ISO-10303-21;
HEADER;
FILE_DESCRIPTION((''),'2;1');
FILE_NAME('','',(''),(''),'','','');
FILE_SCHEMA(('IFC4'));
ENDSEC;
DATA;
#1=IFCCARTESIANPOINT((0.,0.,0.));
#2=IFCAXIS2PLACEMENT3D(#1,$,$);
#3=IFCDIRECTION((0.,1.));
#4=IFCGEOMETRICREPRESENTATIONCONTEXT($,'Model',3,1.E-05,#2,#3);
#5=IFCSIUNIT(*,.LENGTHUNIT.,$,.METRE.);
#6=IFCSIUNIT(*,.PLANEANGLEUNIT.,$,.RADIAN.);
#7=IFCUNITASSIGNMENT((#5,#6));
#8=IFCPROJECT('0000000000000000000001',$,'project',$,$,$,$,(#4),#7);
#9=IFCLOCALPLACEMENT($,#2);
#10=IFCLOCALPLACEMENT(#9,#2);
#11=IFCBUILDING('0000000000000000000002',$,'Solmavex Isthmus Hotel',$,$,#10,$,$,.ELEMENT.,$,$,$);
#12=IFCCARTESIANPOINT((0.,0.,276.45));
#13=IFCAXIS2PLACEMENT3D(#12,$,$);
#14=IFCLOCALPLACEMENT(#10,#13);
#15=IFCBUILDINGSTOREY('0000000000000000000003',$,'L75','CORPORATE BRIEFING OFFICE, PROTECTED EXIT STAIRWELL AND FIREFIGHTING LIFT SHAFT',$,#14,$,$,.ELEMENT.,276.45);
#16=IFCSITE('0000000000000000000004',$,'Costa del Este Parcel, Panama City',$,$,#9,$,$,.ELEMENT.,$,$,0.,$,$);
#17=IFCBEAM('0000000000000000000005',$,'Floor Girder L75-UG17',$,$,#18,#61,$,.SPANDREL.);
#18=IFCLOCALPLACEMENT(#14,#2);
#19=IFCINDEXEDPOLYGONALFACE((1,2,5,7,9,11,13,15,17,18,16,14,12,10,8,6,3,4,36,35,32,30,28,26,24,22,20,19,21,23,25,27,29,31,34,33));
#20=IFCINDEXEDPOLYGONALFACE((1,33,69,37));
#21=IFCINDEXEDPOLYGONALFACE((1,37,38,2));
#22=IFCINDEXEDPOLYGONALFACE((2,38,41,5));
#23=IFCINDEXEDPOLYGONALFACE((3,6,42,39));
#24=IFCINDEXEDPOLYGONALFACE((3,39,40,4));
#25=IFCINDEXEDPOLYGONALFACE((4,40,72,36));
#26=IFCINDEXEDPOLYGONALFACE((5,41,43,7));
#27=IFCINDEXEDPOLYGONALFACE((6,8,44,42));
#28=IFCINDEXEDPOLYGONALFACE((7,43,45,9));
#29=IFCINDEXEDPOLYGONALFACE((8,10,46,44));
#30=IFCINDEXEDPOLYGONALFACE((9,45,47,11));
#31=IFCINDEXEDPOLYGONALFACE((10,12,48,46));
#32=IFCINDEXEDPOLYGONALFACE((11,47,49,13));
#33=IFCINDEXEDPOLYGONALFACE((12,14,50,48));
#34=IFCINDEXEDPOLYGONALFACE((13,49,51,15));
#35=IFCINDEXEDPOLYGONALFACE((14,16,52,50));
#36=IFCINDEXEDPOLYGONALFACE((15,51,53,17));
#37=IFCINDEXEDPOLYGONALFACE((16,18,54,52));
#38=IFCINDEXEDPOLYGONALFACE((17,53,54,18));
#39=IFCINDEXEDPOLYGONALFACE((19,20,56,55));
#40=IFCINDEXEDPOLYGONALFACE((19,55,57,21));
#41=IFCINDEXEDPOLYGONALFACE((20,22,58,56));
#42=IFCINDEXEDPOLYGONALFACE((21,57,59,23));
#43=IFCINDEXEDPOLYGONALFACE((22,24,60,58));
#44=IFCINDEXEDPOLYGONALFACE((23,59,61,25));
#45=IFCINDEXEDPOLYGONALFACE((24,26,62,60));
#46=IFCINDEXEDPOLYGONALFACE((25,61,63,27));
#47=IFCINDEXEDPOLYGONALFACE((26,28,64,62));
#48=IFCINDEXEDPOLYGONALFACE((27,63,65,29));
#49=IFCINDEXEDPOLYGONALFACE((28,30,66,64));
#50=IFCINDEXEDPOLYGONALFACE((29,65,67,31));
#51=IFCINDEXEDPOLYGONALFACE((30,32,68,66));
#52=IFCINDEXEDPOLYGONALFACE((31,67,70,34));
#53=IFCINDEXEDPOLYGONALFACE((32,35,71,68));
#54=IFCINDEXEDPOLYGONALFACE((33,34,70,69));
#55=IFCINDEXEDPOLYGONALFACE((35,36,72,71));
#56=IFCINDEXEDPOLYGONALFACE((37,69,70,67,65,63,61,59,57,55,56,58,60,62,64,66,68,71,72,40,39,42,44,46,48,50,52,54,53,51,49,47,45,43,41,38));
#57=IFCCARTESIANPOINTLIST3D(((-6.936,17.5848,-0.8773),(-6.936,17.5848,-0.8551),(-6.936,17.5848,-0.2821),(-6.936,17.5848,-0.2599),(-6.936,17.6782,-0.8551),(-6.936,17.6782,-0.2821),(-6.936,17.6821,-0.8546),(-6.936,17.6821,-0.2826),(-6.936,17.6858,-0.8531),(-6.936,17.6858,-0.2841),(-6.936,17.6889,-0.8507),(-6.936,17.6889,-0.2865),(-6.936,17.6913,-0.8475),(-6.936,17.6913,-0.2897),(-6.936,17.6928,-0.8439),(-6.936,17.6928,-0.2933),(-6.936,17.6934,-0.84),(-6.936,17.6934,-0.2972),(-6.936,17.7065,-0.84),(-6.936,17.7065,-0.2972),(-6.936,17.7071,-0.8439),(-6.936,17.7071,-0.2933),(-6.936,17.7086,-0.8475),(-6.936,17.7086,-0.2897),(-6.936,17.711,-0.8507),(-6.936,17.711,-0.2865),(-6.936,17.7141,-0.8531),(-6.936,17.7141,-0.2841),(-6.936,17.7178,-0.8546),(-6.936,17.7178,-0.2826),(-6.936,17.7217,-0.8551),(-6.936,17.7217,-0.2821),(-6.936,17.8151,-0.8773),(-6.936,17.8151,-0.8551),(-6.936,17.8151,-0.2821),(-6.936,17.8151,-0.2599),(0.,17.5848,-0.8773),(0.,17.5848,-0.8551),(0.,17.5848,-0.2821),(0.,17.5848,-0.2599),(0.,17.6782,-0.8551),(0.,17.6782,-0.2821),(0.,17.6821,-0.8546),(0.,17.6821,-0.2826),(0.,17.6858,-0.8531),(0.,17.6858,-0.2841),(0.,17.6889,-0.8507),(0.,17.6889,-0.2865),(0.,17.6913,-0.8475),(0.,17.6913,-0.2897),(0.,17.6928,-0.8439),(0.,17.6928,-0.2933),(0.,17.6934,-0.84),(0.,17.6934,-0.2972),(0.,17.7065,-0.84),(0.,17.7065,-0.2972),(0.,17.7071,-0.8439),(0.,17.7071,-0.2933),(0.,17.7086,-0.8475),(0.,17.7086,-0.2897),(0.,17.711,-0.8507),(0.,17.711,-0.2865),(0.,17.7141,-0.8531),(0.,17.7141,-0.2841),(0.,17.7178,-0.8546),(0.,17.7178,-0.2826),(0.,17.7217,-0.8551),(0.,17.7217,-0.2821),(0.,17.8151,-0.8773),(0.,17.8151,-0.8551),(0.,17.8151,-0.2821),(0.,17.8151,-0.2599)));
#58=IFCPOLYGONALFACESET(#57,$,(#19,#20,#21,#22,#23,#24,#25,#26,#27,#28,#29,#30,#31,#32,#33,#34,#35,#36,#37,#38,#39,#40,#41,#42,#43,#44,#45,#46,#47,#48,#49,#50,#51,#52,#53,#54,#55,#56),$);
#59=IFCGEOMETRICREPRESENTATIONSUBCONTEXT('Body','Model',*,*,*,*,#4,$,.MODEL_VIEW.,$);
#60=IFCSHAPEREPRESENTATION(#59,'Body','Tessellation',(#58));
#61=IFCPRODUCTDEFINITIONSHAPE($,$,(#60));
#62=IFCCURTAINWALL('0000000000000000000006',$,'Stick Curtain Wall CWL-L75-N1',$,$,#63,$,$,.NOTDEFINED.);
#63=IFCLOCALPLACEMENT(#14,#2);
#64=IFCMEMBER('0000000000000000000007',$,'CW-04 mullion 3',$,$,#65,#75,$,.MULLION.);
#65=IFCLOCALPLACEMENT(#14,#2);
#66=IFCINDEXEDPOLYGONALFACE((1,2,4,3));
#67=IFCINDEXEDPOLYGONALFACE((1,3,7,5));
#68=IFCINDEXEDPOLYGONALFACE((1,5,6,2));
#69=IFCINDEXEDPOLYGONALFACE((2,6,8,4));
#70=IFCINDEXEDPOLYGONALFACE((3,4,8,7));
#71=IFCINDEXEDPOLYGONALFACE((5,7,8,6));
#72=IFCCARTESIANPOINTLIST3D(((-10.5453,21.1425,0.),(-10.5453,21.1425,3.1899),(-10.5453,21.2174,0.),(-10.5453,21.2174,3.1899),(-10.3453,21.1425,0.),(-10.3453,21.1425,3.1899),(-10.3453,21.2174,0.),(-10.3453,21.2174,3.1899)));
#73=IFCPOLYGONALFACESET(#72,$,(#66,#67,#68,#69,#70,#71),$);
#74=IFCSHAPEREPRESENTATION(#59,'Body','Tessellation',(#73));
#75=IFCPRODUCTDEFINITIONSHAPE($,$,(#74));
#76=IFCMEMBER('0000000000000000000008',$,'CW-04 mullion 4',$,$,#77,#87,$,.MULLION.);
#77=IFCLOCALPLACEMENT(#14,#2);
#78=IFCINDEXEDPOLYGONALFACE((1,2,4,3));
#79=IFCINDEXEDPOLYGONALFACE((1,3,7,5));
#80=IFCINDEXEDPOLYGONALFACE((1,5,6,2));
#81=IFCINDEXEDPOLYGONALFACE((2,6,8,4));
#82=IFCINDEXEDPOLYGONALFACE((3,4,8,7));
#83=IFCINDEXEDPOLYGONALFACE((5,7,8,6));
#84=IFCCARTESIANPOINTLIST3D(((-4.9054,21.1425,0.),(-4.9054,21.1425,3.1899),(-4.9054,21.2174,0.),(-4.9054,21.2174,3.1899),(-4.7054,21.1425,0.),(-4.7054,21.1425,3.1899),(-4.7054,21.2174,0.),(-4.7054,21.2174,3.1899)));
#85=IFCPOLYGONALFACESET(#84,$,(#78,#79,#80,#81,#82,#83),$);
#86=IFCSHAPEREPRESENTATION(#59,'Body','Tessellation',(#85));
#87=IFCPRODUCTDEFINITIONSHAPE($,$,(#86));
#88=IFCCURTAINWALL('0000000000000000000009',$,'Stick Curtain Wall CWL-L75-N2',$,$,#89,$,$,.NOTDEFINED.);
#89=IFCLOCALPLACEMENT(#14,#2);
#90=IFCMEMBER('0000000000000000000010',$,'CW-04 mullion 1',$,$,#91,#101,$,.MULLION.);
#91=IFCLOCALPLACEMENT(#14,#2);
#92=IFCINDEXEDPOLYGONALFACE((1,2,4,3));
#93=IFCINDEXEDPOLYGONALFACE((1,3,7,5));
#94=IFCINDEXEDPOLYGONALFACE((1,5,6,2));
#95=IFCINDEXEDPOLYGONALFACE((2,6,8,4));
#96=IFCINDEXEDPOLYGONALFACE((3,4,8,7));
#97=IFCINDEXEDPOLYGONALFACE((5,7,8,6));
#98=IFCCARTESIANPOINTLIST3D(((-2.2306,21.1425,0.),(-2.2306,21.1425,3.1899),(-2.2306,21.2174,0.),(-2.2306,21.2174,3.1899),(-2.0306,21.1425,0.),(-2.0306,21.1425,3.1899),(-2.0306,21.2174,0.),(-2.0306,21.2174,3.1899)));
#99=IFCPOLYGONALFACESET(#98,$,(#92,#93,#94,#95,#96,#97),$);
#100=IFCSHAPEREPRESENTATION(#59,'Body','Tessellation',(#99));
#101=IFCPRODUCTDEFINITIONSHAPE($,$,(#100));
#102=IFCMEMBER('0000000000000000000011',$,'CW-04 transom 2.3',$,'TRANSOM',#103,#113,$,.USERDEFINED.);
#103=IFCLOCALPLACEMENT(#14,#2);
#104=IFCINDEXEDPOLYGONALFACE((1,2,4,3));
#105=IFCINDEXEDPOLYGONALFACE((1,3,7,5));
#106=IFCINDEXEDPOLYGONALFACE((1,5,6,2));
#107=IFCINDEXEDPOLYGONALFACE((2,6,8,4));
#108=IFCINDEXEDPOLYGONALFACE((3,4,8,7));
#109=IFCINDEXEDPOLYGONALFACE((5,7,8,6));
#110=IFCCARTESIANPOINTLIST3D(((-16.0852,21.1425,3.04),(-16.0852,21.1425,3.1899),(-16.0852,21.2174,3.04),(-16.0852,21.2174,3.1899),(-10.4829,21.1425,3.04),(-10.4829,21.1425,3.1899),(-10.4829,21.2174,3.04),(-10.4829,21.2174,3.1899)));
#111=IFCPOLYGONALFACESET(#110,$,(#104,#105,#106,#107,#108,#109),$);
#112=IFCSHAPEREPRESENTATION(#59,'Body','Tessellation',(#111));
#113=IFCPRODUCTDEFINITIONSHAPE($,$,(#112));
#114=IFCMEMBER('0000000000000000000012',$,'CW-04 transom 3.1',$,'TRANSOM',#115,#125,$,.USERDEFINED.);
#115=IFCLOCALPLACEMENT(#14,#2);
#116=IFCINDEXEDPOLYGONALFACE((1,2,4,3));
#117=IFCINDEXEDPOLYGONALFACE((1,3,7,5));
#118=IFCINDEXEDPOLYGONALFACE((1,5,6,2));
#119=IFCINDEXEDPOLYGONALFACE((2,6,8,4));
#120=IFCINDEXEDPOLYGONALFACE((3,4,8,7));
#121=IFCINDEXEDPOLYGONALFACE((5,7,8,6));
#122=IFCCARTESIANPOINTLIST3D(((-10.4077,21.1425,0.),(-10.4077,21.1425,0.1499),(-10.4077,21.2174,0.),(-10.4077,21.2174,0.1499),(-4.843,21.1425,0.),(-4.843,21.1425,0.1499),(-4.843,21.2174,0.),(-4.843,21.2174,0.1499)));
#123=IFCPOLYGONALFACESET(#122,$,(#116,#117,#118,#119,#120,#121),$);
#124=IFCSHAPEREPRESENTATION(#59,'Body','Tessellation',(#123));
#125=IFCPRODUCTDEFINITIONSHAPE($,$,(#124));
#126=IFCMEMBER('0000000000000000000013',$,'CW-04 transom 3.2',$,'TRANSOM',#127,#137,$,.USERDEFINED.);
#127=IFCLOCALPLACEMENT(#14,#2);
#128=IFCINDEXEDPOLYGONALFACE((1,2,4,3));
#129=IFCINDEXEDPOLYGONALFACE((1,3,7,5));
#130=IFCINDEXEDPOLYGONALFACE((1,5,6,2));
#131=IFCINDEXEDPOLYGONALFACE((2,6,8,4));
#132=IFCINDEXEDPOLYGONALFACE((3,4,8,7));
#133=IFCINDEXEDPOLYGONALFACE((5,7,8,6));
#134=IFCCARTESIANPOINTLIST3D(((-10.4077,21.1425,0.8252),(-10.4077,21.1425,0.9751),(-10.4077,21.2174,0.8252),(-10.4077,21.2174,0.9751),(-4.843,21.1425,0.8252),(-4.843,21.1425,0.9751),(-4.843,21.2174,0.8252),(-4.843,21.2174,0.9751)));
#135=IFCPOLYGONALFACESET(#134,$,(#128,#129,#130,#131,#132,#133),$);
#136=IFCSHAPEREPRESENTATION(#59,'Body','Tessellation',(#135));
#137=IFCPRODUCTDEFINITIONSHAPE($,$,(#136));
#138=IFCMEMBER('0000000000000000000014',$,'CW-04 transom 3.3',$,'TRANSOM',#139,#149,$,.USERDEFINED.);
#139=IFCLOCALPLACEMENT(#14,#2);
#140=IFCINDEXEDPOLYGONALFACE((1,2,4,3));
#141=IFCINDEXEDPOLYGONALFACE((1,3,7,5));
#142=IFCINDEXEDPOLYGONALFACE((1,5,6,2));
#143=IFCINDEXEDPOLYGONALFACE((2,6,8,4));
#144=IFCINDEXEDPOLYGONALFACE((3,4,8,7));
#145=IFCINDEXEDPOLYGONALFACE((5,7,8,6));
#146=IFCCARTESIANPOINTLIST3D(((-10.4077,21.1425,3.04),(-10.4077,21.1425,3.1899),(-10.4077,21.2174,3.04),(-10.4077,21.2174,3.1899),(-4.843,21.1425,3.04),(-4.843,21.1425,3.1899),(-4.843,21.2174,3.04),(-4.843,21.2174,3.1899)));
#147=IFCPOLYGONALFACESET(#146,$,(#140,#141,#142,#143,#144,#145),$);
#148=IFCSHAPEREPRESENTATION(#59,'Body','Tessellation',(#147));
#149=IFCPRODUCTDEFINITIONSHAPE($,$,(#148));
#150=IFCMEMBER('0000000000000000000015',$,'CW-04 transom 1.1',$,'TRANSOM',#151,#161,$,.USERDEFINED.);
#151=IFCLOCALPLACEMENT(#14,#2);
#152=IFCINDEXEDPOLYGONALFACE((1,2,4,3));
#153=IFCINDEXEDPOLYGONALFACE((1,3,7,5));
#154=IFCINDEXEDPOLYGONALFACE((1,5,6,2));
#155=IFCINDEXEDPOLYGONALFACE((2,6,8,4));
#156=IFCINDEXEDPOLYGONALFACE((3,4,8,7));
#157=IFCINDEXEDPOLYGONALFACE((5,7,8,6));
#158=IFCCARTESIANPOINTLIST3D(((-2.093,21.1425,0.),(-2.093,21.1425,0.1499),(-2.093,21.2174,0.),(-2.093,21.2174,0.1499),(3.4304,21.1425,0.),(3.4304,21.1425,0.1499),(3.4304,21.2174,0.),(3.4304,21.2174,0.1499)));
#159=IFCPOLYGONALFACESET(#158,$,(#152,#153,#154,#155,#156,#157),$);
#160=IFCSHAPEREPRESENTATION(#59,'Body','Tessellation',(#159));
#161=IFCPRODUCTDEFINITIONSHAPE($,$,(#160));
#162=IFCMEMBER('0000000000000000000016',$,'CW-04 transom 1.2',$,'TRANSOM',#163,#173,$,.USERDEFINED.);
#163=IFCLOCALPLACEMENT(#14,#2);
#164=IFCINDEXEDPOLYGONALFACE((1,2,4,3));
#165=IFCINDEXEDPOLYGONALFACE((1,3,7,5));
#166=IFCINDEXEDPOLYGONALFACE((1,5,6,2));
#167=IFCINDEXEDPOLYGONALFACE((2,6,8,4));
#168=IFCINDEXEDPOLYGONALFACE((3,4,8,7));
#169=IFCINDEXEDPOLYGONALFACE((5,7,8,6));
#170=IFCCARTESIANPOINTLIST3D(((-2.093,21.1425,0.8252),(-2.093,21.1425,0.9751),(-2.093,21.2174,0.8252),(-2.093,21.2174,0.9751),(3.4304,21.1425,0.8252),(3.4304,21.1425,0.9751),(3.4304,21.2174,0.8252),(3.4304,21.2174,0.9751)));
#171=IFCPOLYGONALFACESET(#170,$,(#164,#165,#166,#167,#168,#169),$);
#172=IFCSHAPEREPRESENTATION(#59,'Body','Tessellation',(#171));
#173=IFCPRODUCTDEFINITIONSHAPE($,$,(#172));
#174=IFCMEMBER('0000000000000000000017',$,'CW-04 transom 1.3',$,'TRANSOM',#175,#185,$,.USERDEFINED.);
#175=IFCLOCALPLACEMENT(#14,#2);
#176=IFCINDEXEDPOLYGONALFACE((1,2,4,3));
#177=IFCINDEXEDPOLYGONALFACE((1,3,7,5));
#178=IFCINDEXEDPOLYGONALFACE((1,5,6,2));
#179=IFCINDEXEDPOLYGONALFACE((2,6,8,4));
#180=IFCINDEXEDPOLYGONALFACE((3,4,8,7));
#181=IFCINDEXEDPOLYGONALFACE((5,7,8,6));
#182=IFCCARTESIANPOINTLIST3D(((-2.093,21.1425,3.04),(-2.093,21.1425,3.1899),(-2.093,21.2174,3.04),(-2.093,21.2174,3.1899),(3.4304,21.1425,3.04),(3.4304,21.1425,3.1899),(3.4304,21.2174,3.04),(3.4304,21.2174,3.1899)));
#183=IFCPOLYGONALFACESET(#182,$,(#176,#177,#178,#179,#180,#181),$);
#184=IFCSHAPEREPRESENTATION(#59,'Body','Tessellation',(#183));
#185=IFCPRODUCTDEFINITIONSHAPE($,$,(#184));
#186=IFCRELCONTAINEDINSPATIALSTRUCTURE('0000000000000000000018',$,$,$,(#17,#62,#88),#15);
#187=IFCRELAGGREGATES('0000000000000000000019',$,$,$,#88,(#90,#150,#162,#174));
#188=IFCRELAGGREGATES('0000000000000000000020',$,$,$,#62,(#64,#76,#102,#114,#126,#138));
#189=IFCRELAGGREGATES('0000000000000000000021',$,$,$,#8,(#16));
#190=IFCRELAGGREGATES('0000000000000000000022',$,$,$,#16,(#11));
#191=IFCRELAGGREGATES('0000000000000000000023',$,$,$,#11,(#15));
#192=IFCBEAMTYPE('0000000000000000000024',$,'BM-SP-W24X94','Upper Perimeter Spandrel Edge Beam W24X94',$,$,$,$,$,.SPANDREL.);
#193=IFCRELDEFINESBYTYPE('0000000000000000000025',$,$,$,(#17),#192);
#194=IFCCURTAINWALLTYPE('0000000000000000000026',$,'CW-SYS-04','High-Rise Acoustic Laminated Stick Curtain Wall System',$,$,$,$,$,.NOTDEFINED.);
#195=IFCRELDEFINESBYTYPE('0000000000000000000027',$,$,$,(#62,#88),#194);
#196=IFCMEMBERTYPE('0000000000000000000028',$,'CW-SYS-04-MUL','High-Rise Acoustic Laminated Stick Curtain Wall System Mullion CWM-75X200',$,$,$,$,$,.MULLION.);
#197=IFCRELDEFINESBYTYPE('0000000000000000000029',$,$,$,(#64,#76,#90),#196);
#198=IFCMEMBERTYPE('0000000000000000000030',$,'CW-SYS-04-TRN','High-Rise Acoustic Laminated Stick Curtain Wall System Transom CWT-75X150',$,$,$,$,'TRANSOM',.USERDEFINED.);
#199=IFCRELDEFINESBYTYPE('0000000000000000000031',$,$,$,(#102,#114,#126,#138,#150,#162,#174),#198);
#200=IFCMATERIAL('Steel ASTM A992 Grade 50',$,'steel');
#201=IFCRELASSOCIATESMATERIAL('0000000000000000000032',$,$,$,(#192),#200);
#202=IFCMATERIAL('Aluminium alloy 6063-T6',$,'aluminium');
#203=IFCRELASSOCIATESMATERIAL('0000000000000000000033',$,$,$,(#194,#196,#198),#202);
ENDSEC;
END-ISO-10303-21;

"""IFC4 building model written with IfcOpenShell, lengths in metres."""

from ifc_helpers import new_model, si_unit, direction, frame, origin, origin_2d, place, context, subcontext, project, spatial, rectangle, i_section, extrude, material, material_profile, profile_set, type_object, element, aggregate, save


model = new_model("IFC4")

# Units and contexts
model_context = context("Model", 3, precision=1e-05, world=origin(), true_north=direction((0.0, 1.0)))
body_context = subcontext(model_context, "Body", "Model", "MODEL_VIEW")
ifc_project = project(units=[si_unit("LENGTHUNIT", "METRE"), si_unit("PLANEANGLEUNIT", "RADIAN")], contexts=[model_context])

# Site, building, storey
site_placement = place(None, origin())
site = spatial("IfcSite", under=ifc_project, at=site_placement, Name="Costa del Este Parcel, Panama City", CompositionType="ELEMENT", RefElevation=0.0)
building_placement = place(site_placement, origin())
building = spatial("IfcBuilding", under=site, at=building_placement, Name="Solmavex Isthmus Hotel", CompositionType="ELEMENT")
storey_placement = place(building_placement, frame((0.0, 0.0, 276.45)))
storey = spatial("IfcBuildingStorey", under=building, at=storey_placement, Name="L75", Description="CORPORATE BRIEFING OFFICE, PROTECTED EXIT STAIRWELL AND FIREFIGHTING LIFT SHAFT", CompositionType="ELEMENT", Elevation=276.45)

# Beam
ifc_material_1 = material(Name="Steel ASTM A992 Grade 50", Category="steel")
ifc_material_profile_1 = material_profile(ifc_material_1, i_section(OverallWidth=0.2302, OverallDepth=0.6174, WebThickness=0.0132, FlangeThickness=0.0222, FilletRadius=0.0151, at=origin_2d()), Name="W24X94")
ifc_profile_set_1 = profile_set([ifc_material_profile_1], Name="Steel ASTM A992 Grade 50")
beam_type = type_object("IfcBeamType", Name="BM-SP-W24X94", Description="Upper Perimeter Spandrel Edge Beam W24X94", PredefinedType="SPANDREL", material=ifc_profile_set_1)
beam_placement = place(storey_placement, frame((-6.936, 17.7, -0.5686), z_axis=(1.0, 0.0, 0.0), x_axis=(0.0, 1.0, 0.0)))
element("IfcBeam", 1, at=beam_placement, inside=storey, type_object=beam_type, Name="Floor Girder L75-UG17", PredefinedType="SPANDREL", context=body_context, shape_type="SweptSolid", body=[
    extrude(i_section(OverallWidth=0.2302, OverallDepth=0.6174, WebThickness=0.0132, FlangeThickness=0.0222, FilletRadius=0.0151, at=origin_2d()), origin(), (0.0, 0.0, 1.0), 6.936),
])

# Curtain wall, members
ifc_material_2 = material(Name="Aluminium alloy 6063-T6", Category="aluminium")
curtain_wall_type = type_object("IfcCurtainWallType", Name="CW-SYS-04", Description="High-Rise Acoustic Laminated Stick Curtain Wall System", PredefinedType="NOTDEFINED", material=ifc_material_2)
curtain_wall_1_placement = place(storey_placement, origin())
curtain_wall_1 = element("IfcCurtainWall", 2, at=curtain_wall_1_placement, inside=storey, type_object=curtain_wall_type, Name="Stick Curtain Wall CWL-L75-N1", PredefinedType="NOTDEFINED")
ifc_material_profile_2 = material_profile(ifc_material_2, rectangle(XDim=0.075, YDim=0.2, at=origin_2d()), Name="CWM-75X200")
ifc_profile_set_2 = profile_set([ifc_material_profile_2], Name="Aluminium alloy 6063-T6")
member_type_1 = type_object("IfcMemberType", Name="CW-SYS-04-MUL", Description="High-Rise Acoustic Laminated Stick Curtain Wall System Mullion CWM-75X200", PredefinedType="MULLION", material=ifc_profile_set_2)
member_1_placement = place(storey_placement, frame((-10.4453, 21.1799, 0.0), z_axis=(0.0, 0.0, 1.0), x_axis=(0.0, 1.0, 0.0)))
member_1 = element("IfcMember", 3, at=member_1_placement, type_object=member_type_1, Name="CW-04 mullion 3", PredefinedType="MULLION", context=body_context, shape_type="SweptSolid", body=[
    extrude(rectangle(XDim=0.075, YDim=0.2, at=origin_2d()), origin(), (0.0, 0.0, 1.0), 3.1899),
])
member_2_placement = place(storey_placement, frame((-4.8054, 21.1799, 0.0), z_axis=(0.0, 0.0, 1.0), x_axis=(0.0, 1.0, 0.0)))
member_2 = element("IfcMember", 4, at=member_2_placement, type_object=member_type_1, Name="CW-04 mullion 4", PredefinedType="MULLION", context=body_context, shape_type="SweptSolid", body=[
    extrude(rectangle(XDim=0.075, YDim=0.2, at=origin_2d()), origin(), (0.0, 0.0, 1.0), 3.1899),
])

# Curtain wall, member
curtain_wall_2_placement = place(storey_placement, origin())
curtain_wall_2 = element("IfcCurtainWall", 5, at=curtain_wall_2_placement, inside=storey, type_object=curtain_wall_type, Name="Stick Curtain Wall CWL-L75-N2", PredefinedType="NOTDEFINED")
member_3_placement = place(storey_placement, frame((-2.1306, 21.1799, 0.0), z_axis=(0.0, 0.0, 1.0), x_axis=(0.0, 1.0, 0.0)))
member_3 = element("IfcMember", 6, at=member_3_placement, type_object=member_type_1, Name="CW-04 mullion 1", PredefinedType="MULLION", context=body_context, shape_type="SweptSolid", body=[
    extrude(rectangle(XDim=0.075, YDim=0.2, at=origin_2d()), origin(), (0.0, 0.0, 1.0), 3.1899),
])

# Members
ifc_material_profile_3 = material_profile(ifc_material_2, rectangle(XDim=0.075, YDim=0.1499, at=origin_2d()), Name="CWT-75X150")
ifc_profile_set_3 = profile_set([ifc_material_profile_3], Name="Aluminium alloy 6063-T6")
member_type_2 = type_object("IfcMemberType", Name="CW-SYS-04-TRN", Description="High-Rise Acoustic Laminated Stick Curtain Wall System Transom CWT-75X150", ElementType="TRANSOM", PredefinedType="USERDEFINED", material=ifc_profile_set_3)
member_4_placement = place(storey_placement, frame((-16.0852, 21.1799, 3.115), z_axis=(1.0, 0.0, 0.0), x_axis=(0.0, 1.0, 0.0)))
member_4 = element("IfcMember", 7, at=member_4_placement, type_object=member_type_2, Name="CW-04 transom 2.3", ObjectType="TRANSOM", PredefinedType="USERDEFINED", context=body_context, shape_type="SweptSolid", body=[
    extrude(rectangle(XDim=0.075, YDim=0.1499, at=origin_2d()), origin(), (0.0, 0.0, 1.0), 5.6023),
])
member_5_placement = place(storey_placement, frame((-10.4077, 21.1799, 0.075), z_axis=(1.0, 0.0, 0.0), x_axis=(0.0, 1.0, 0.0)))
member_5 = element("IfcMember", 8, at=member_5_placement, type_object=member_type_2, Name="CW-04 transom 3.1", ObjectType="TRANSOM", PredefinedType="USERDEFINED", context=body_context, shape_type="SweptSolid", body=[
    extrude(rectangle(XDim=0.075, YDim=0.1499, at=origin_2d()), origin(), (0.0, 0.0, 1.0), 5.5647),
])
member_6_placement = place(storey_placement, frame((-10.4077, 21.1799, 0.9001), z_axis=(1.0, 0.0, 0.0), x_axis=(0.0, 1.0, 0.0)))
member_6 = element("IfcMember", 9, at=member_6_placement, type_object=member_type_2, Name="CW-04 transom 3.2", ObjectType="TRANSOM", PredefinedType="USERDEFINED", context=body_context, shape_type="SweptSolid", body=[
    extrude(rectangle(XDim=0.075, YDim=0.1499, at=origin_2d()), origin(), (0.0, 0.0, 1.0), 5.5647),
])
member_7_placement = place(storey_placement, frame((-10.4077, 21.1799, 3.115), z_axis=(1.0, 0.0, 0.0), x_axis=(0.0, 1.0, 0.0)))
member_7 = element("IfcMember", 10, at=member_7_placement, type_object=member_type_2, Name="CW-04 transom 3.3", ObjectType="TRANSOM", PredefinedType="USERDEFINED", context=body_context, shape_type="SweptSolid", body=[
    extrude(rectangle(XDim=0.075, YDim=0.1499, at=origin_2d()), origin(), (0.0, 0.0, 1.0), 5.5647),
])
member_8_placement = place(storey_placement, frame((-2.093, 21.1799, 0.075), z_axis=(1.0, 0.0, 0.0), x_axis=(0.0, 1.0, 0.0)))
member_8 = element("IfcMember", 11, at=member_8_placement, type_object=member_type_2, Name="CW-04 transom 1.1", ObjectType="TRANSOM", PredefinedType="USERDEFINED", context=body_context, shape_type="SweptSolid", body=[
    extrude(rectangle(XDim=0.075, YDim=0.1499, at=origin_2d()), origin(), (0.0, 0.0, 1.0), 5.5234),
])
member_9_placement = place(storey_placement, frame((-2.093, 21.1799, 0.9001), z_axis=(1.0, 0.0, 0.0), x_axis=(0.0, 1.0, 0.0)))
member_9 = element("IfcMember", 12, at=member_9_placement, type_object=member_type_2, Name="CW-04 transom 1.2", ObjectType="TRANSOM", PredefinedType="USERDEFINED", context=body_context, shape_type="SweptSolid", body=[
    extrude(rectangle(XDim=0.075, YDim=0.1499, at=origin_2d()), origin(), (0.0, 0.0, 1.0), 5.5234),
])
member_10_placement = place(storey_placement, frame((-2.093, 21.1799, 3.115), z_axis=(1.0, 0.0, 0.0), x_axis=(0.0, 1.0, 0.0)))
member_10 = element("IfcMember", 13, at=member_10_placement, type_object=member_type_2, Name="CW-04 transom 1.3", ObjectType="TRANSOM", PredefinedType="USERDEFINED", context=body_context, shape_type="SweptSolid", body=[
    extrude(rectangle(XDim=0.075, YDim=0.1499, at=origin_2d()), origin(), (0.0, 0.0, 1.0), 5.5234),
])
aggregate(curtain_wall_2, [member_3, member_8, member_9, member_10])

aggregate(curtain_wall_1, [member_1, member_2, member_4, member_5, member_6, member_7])

save(model, "model.ifc")
